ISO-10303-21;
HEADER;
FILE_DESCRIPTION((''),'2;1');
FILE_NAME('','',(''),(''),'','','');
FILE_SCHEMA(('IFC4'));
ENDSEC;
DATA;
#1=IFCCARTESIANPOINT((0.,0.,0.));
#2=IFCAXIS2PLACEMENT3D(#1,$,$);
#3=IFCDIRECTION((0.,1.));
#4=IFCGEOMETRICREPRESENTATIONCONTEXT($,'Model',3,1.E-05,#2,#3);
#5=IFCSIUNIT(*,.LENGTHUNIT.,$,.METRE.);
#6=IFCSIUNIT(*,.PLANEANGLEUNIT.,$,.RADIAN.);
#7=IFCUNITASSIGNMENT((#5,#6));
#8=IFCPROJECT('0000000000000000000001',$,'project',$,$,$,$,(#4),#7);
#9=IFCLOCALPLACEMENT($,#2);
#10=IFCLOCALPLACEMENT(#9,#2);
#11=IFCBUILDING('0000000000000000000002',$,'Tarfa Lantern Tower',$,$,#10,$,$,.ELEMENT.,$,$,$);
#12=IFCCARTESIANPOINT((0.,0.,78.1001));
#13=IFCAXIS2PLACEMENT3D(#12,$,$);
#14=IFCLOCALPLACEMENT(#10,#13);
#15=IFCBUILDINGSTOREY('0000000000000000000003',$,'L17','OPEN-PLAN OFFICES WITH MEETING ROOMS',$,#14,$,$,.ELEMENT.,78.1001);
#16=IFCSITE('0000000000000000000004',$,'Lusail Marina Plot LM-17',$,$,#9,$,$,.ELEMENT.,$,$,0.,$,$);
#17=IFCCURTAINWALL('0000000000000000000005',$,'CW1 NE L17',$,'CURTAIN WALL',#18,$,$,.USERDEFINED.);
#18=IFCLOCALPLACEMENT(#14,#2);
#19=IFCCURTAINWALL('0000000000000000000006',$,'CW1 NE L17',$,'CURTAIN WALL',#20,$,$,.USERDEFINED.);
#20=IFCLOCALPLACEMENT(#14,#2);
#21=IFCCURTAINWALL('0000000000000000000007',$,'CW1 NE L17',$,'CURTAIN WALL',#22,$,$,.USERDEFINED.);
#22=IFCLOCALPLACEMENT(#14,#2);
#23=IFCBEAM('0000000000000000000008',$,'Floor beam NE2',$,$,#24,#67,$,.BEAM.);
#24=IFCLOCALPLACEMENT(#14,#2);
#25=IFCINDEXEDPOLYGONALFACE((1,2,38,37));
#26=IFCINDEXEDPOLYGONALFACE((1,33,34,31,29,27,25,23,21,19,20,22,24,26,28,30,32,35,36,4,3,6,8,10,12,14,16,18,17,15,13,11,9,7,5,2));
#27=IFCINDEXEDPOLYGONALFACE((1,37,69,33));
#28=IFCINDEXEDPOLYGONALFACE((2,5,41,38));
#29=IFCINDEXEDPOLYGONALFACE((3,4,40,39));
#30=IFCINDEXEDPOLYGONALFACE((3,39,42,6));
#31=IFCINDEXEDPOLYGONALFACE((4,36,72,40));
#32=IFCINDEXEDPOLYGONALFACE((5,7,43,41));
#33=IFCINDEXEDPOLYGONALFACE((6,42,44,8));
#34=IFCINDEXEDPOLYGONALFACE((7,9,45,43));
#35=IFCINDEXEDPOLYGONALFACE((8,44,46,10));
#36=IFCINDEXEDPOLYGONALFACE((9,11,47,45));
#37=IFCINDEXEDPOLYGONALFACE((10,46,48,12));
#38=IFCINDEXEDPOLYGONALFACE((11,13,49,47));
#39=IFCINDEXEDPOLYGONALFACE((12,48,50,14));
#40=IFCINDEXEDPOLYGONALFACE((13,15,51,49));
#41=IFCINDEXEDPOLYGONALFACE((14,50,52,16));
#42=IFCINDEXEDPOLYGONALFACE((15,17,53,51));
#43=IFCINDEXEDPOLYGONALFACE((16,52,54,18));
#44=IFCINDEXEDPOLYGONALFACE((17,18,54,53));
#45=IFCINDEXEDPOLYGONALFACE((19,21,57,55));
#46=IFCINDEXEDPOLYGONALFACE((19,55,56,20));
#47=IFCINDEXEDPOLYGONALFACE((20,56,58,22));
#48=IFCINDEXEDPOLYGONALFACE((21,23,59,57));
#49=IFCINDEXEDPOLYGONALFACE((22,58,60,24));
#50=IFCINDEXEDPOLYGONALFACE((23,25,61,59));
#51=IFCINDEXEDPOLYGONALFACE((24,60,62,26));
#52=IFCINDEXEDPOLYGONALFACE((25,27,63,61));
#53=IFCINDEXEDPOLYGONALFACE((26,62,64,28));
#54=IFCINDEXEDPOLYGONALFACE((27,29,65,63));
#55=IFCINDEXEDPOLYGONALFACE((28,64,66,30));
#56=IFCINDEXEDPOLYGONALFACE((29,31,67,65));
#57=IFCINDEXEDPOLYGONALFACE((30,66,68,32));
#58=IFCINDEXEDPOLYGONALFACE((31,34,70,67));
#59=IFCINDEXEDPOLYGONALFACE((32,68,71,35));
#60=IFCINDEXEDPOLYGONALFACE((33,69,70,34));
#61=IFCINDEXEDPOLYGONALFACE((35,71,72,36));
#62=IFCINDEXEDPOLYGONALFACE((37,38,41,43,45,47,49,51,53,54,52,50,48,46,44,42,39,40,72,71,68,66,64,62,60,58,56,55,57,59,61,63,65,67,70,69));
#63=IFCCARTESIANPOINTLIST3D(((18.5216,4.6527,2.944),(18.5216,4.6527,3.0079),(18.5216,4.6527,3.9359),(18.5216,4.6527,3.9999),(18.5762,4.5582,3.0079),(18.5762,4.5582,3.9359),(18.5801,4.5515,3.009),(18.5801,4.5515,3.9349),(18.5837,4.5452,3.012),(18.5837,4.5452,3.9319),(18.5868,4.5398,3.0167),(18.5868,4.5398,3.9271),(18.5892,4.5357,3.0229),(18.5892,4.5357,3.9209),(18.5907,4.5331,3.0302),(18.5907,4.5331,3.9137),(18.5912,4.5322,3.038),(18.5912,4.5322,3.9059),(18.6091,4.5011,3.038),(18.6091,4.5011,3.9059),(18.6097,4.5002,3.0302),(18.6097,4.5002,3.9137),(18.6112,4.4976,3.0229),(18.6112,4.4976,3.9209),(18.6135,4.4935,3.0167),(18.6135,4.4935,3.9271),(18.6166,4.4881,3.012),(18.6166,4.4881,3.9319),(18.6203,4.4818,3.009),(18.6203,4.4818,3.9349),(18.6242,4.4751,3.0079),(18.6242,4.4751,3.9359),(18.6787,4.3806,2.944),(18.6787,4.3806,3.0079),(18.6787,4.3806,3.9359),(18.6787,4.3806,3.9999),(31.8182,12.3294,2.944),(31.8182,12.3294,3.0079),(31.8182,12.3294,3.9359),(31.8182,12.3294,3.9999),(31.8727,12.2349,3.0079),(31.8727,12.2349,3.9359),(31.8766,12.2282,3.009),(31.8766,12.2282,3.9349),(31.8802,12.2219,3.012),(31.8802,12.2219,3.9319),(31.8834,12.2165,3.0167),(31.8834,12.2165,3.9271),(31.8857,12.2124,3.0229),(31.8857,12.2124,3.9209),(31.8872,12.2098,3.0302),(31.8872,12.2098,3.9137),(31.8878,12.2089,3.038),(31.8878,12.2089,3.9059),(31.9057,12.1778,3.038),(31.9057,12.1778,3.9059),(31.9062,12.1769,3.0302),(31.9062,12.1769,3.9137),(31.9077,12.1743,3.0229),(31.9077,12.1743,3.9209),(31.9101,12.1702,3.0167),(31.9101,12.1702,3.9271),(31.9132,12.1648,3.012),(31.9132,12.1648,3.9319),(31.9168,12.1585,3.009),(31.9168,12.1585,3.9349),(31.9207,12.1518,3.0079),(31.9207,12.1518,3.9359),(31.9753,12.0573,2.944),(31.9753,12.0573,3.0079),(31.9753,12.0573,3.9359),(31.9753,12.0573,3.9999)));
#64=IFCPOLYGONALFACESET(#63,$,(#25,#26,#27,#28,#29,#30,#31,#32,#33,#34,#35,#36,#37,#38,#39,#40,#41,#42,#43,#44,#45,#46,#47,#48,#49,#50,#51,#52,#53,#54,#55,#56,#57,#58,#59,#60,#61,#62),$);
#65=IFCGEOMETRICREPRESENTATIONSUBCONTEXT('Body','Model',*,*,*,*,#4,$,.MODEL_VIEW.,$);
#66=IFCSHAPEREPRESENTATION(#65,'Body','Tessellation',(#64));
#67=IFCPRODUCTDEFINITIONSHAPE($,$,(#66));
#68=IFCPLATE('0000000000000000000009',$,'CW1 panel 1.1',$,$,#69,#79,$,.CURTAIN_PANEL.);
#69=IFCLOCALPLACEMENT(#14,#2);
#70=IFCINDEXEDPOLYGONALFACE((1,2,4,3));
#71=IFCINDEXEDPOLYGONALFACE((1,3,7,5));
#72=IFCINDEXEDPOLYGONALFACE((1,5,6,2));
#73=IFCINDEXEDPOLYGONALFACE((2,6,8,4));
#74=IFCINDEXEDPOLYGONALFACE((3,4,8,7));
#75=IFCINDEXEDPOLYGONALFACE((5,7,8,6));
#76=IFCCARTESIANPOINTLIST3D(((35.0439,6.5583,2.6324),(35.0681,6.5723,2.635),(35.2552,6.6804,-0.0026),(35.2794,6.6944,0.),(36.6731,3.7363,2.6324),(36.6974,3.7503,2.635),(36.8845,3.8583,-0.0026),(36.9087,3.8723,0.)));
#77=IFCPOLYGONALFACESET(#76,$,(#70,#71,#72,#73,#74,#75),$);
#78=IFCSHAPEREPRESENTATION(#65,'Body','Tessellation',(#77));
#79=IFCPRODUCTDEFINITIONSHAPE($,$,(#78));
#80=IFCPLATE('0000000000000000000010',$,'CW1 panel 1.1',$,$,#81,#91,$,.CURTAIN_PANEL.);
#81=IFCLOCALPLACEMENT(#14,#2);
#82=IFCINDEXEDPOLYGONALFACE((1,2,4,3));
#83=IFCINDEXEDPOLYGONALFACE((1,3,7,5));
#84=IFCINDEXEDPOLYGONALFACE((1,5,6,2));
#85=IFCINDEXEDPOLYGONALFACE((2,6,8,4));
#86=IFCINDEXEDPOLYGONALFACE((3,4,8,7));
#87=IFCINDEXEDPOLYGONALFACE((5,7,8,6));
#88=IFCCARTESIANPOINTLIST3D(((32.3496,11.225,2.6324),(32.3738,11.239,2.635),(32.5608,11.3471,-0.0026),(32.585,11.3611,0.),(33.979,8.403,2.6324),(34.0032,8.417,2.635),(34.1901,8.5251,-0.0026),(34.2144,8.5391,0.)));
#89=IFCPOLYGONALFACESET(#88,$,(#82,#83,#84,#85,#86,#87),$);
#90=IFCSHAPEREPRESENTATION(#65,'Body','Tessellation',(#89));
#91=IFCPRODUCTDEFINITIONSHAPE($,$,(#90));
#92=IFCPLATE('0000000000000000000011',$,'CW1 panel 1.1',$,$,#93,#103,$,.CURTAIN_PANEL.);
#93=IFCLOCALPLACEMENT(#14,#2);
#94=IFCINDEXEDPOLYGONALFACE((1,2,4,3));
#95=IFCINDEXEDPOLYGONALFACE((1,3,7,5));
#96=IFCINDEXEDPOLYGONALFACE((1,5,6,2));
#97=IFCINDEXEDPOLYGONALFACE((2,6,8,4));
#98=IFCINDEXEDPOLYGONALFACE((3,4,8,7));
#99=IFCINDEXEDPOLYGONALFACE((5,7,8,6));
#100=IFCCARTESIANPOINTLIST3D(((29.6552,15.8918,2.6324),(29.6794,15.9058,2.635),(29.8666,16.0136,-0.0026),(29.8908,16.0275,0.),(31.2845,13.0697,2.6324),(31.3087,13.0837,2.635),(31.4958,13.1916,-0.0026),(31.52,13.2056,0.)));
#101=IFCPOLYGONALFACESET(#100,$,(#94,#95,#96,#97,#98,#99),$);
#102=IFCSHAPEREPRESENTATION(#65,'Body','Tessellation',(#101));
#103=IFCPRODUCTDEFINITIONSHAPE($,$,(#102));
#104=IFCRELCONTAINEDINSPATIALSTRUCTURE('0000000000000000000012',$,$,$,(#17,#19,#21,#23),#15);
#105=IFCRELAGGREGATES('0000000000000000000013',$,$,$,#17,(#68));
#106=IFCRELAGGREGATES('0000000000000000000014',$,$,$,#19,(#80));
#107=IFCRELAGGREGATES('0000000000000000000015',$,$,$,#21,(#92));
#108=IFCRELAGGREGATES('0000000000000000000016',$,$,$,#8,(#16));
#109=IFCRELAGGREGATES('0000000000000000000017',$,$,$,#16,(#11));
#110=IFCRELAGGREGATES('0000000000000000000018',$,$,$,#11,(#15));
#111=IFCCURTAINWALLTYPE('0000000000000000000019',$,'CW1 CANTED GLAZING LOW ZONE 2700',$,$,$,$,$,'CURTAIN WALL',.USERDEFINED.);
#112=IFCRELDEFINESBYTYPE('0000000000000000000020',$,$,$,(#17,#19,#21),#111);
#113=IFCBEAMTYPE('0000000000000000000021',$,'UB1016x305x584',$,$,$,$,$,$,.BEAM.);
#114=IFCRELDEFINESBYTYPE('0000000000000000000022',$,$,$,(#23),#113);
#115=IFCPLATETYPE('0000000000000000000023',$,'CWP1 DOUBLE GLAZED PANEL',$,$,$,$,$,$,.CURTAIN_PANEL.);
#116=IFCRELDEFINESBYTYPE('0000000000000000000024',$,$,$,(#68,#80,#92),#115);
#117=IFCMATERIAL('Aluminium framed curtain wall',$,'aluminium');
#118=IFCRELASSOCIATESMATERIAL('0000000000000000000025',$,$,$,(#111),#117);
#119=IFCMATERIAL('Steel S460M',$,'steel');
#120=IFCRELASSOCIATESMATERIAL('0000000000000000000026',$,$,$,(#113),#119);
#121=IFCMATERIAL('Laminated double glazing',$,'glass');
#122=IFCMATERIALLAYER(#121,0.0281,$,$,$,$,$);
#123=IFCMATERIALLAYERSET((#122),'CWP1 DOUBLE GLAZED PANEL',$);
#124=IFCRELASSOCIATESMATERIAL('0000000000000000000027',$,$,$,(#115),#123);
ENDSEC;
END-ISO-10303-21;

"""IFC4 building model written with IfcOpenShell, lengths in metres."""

from ifc_helpers import new_model, si_unit, direction, frame, origin, origin_2d, place, context, subcontext, project, spatial, polyline, i_section, outline, extrude, material, layer, layer_set, material_profile, profile_set, type_object, element, aggregate, save


model = new_model("IFC4")

# Units and contexts
model_context = context("Model", 3, precision=1e-05, world=origin(), true_north=direction((0.0, 1.0)))
body_context = subcontext(model_context, "Body", "Model", "MODEL_VIEW")
ifc_project = project(units=[si_unit("LENGTHUNIT", "METRE"), si_unit("PLANEANGLEUNIT", "RADIAN")], contexts=[model_context])

# Site, building, storey
site_placement = place(None, origin())
site = spatial("IfcSite", under=ifc_project, at=site_placement, Name="Lusail Marina Plot LM-17", CompositionType="ELEMENT", RefElevation=0.0)
building_placement = place(site_placement, origin())
building = spatial("IfcBuilding", under=site, at=building_placement, Name="Tarfa Lantern Tower", CompositionType="ELEMENT")
storey_placement = place(building_placement, frame((0.0, 0.0, 78.1001)))
storey = spatial("IfcBuildingStorey", under=building, at=storey_placement, Name="L17", Description="OPEN-PLAN OFFICES WITH MEETING ROOMS", CompositionType="ELEMENT", Elevation=78.1001)

# Curtain walls
ifc_material_1 = material(Name="Aluminium framed curtain wall", Category="aluminium")
curtain_wall_type = type_object("IfcCurtainWallType", Name="CW1 CANTED GLAZING LOW ZONE 2700", ElementType="CURTAIN WALL", PredefinedType="USERDEFINED", material=ifc_material_1)
curtain_wall_1_placement = place(storey_placement, origin())
curtain_wall_1 = element("IfcCurtainWall", 1, at=curtain_wall_1_placement, inside=storey, type_object=curtain_wall_type, Name="CW1 NE L17", ObjectType="CURTAIN WALL", PredefinedType="USERDEFINED")
curtain_wall_2_placement = place(storey_placement, origin())
curtain_wall_2 = element("IfcCurtainWall", 2, at=curtain_wall_2_placement, inside=storey, type_object=curtain_wall_type, Name="CW1 NE L17", ObjectType="CURTAIN WALL", PredefinedType="USERDEFINED")
curtain_wall_3_placement = place(storey_placement, origin())
curtain_wall_3 = element("IfcCurtainWall", 3, at=curtain_wall_3_placement, inside=storey, type_object=curtain_wall_type, Name="CW1 NE L17", ObjectType="CURTAIN WALL", PredefinedType="USERDEFINED")

# Beam
ifc_material_2 = material(Name="Steel S460M", Category="steel")
ifc_material_profile_1 = material_profile(ifc_material_2, i_section(OverallWidth=0.3142, OverallDepth=1.0559, WebThickness=0.0359, FlangeThickness=0.064, FilletRadius=0.03, at=origin_2d()), Name="UB1016x305x584")
ifc_profile_set_1 = profile_set([ifc_material_profile_1], Name="Steel S460M")
beam_type_1 = type_object("IfcBeamType", Name="UB1016x305x584", PredefinedType="BEAM", material=ifc_profile_set_1)
beam_1_placement = place(storey_placement, frame((31.8967, 12.1934, 3.4719), z_axis=(-0.866027, -0.499997, 0.0), x_axis=(0.499997, -0.866027, 0.0)))
element("IfcBeam", 4, at=beam_1_placement, inside=storey, type_object=beam_type_1, Name="Floor beam NE2", PredefinedType="BEAM", context=body_context, shape_type="SweptSolid", body=[
    extrude(i_section(OverallWidth=0.3142, OverallDepth=1.0559, WebThickness=0.0359, FlangeThickness=0.064, FilletRadius=0.03, at=origin_2d()), origin(), (0.0, 0.0, 1.0), 15.3535),
])

# Plates
ifc_material_3 = material(Name="Laminated double glazing", Category="glass")
ifc_layer = layer(ifc_material_3, 0.0281)
ifc_layer_set = layer_set([ifc_layer], Name="CWP1 DOUBLE GLAZED PANEL")
plate_type = type_object("IfcPlateType", Name="CWP1 DOUBLE GLAZED PANEL", PredefinedType="CURTAIN_PANEL", material=ifc_layer_set)
plate_1_placement = place(storey_placement, frame((36.9087, 3.8723, 0.0), z_axis=(0.862338, 0.497864, 0.092216), x_axis=(-0.499995, 0.866028, 0.000003)))
plate_1 = element("IfcPlate", 5, at=plate_1_placement, type_object=plate_type, Name="CW1 panel 1.1", PredefinedType="CURTAIN_PANEL", context=body_context, shape_type="SweptSolid", body=[
    extrude(outline(polyline([(0.0, 0.0), (3.2586, 0.0), (3.2585, 2.6463), (0.0, 2.6463), (0.0, 0.0)])), origin(), (0.0, 0.0, -1.0), 0.0281),
])
aggregate(curtain_wall_1, [plate_1])
plate_2_placement = place(storey_placement, frame((34.2144, 8.5391, 0.0), z_axis=(0.862325, 0.497894, 0.092176), x_axis=(-0.500023, 0.866012, 0.0)))
plate_2 = element("IfcPlate", 6, at=plate_2_placement, type_object=plate_type, Name="CW1 panel 1.1", PredefinedType="CURTAIN_PANEL", context=body_context, shape_type="SweptSolid", body=[
    extrude(outline(polyline([(0.0, 0.0), (3.2586, 0.0), (3.2585, 2.6463), (-0.0001, 2.6463), (0.0, 0.0)])), origin(), (0.0, 0.0, -1.0), 0.0281),
])
aggregate(curtain_wall_2, [plate_2])
plate_3_placement = place(storey_placement, frame((31.52, 13.2056, 0.0), z_axis=(0.862342, 0.497867, 0.09217), x_axis=(-0.499995, 0.866029, -0.000003)))
plate_3 = element("IfcPlate", 7, at=plate_3_placement, type_object=plate_type, Name="CW1 panel 1.1", PredefinedType="CURTAIN_PANEL", context=body_context, shape_type="SweptSolid", body=[
    extrude(outline(polyline([(0.0, 0.0), (3.2585, 0.0), (3.2587, 2.6463), (0.0001, 2.6463), (0.0, 0.0)])), origin(), (0.0, 0.0, -1.0), 0.0281),
])
aggregate(curtain_wall_3, [plate_3])

save(model, "model.ifc")
